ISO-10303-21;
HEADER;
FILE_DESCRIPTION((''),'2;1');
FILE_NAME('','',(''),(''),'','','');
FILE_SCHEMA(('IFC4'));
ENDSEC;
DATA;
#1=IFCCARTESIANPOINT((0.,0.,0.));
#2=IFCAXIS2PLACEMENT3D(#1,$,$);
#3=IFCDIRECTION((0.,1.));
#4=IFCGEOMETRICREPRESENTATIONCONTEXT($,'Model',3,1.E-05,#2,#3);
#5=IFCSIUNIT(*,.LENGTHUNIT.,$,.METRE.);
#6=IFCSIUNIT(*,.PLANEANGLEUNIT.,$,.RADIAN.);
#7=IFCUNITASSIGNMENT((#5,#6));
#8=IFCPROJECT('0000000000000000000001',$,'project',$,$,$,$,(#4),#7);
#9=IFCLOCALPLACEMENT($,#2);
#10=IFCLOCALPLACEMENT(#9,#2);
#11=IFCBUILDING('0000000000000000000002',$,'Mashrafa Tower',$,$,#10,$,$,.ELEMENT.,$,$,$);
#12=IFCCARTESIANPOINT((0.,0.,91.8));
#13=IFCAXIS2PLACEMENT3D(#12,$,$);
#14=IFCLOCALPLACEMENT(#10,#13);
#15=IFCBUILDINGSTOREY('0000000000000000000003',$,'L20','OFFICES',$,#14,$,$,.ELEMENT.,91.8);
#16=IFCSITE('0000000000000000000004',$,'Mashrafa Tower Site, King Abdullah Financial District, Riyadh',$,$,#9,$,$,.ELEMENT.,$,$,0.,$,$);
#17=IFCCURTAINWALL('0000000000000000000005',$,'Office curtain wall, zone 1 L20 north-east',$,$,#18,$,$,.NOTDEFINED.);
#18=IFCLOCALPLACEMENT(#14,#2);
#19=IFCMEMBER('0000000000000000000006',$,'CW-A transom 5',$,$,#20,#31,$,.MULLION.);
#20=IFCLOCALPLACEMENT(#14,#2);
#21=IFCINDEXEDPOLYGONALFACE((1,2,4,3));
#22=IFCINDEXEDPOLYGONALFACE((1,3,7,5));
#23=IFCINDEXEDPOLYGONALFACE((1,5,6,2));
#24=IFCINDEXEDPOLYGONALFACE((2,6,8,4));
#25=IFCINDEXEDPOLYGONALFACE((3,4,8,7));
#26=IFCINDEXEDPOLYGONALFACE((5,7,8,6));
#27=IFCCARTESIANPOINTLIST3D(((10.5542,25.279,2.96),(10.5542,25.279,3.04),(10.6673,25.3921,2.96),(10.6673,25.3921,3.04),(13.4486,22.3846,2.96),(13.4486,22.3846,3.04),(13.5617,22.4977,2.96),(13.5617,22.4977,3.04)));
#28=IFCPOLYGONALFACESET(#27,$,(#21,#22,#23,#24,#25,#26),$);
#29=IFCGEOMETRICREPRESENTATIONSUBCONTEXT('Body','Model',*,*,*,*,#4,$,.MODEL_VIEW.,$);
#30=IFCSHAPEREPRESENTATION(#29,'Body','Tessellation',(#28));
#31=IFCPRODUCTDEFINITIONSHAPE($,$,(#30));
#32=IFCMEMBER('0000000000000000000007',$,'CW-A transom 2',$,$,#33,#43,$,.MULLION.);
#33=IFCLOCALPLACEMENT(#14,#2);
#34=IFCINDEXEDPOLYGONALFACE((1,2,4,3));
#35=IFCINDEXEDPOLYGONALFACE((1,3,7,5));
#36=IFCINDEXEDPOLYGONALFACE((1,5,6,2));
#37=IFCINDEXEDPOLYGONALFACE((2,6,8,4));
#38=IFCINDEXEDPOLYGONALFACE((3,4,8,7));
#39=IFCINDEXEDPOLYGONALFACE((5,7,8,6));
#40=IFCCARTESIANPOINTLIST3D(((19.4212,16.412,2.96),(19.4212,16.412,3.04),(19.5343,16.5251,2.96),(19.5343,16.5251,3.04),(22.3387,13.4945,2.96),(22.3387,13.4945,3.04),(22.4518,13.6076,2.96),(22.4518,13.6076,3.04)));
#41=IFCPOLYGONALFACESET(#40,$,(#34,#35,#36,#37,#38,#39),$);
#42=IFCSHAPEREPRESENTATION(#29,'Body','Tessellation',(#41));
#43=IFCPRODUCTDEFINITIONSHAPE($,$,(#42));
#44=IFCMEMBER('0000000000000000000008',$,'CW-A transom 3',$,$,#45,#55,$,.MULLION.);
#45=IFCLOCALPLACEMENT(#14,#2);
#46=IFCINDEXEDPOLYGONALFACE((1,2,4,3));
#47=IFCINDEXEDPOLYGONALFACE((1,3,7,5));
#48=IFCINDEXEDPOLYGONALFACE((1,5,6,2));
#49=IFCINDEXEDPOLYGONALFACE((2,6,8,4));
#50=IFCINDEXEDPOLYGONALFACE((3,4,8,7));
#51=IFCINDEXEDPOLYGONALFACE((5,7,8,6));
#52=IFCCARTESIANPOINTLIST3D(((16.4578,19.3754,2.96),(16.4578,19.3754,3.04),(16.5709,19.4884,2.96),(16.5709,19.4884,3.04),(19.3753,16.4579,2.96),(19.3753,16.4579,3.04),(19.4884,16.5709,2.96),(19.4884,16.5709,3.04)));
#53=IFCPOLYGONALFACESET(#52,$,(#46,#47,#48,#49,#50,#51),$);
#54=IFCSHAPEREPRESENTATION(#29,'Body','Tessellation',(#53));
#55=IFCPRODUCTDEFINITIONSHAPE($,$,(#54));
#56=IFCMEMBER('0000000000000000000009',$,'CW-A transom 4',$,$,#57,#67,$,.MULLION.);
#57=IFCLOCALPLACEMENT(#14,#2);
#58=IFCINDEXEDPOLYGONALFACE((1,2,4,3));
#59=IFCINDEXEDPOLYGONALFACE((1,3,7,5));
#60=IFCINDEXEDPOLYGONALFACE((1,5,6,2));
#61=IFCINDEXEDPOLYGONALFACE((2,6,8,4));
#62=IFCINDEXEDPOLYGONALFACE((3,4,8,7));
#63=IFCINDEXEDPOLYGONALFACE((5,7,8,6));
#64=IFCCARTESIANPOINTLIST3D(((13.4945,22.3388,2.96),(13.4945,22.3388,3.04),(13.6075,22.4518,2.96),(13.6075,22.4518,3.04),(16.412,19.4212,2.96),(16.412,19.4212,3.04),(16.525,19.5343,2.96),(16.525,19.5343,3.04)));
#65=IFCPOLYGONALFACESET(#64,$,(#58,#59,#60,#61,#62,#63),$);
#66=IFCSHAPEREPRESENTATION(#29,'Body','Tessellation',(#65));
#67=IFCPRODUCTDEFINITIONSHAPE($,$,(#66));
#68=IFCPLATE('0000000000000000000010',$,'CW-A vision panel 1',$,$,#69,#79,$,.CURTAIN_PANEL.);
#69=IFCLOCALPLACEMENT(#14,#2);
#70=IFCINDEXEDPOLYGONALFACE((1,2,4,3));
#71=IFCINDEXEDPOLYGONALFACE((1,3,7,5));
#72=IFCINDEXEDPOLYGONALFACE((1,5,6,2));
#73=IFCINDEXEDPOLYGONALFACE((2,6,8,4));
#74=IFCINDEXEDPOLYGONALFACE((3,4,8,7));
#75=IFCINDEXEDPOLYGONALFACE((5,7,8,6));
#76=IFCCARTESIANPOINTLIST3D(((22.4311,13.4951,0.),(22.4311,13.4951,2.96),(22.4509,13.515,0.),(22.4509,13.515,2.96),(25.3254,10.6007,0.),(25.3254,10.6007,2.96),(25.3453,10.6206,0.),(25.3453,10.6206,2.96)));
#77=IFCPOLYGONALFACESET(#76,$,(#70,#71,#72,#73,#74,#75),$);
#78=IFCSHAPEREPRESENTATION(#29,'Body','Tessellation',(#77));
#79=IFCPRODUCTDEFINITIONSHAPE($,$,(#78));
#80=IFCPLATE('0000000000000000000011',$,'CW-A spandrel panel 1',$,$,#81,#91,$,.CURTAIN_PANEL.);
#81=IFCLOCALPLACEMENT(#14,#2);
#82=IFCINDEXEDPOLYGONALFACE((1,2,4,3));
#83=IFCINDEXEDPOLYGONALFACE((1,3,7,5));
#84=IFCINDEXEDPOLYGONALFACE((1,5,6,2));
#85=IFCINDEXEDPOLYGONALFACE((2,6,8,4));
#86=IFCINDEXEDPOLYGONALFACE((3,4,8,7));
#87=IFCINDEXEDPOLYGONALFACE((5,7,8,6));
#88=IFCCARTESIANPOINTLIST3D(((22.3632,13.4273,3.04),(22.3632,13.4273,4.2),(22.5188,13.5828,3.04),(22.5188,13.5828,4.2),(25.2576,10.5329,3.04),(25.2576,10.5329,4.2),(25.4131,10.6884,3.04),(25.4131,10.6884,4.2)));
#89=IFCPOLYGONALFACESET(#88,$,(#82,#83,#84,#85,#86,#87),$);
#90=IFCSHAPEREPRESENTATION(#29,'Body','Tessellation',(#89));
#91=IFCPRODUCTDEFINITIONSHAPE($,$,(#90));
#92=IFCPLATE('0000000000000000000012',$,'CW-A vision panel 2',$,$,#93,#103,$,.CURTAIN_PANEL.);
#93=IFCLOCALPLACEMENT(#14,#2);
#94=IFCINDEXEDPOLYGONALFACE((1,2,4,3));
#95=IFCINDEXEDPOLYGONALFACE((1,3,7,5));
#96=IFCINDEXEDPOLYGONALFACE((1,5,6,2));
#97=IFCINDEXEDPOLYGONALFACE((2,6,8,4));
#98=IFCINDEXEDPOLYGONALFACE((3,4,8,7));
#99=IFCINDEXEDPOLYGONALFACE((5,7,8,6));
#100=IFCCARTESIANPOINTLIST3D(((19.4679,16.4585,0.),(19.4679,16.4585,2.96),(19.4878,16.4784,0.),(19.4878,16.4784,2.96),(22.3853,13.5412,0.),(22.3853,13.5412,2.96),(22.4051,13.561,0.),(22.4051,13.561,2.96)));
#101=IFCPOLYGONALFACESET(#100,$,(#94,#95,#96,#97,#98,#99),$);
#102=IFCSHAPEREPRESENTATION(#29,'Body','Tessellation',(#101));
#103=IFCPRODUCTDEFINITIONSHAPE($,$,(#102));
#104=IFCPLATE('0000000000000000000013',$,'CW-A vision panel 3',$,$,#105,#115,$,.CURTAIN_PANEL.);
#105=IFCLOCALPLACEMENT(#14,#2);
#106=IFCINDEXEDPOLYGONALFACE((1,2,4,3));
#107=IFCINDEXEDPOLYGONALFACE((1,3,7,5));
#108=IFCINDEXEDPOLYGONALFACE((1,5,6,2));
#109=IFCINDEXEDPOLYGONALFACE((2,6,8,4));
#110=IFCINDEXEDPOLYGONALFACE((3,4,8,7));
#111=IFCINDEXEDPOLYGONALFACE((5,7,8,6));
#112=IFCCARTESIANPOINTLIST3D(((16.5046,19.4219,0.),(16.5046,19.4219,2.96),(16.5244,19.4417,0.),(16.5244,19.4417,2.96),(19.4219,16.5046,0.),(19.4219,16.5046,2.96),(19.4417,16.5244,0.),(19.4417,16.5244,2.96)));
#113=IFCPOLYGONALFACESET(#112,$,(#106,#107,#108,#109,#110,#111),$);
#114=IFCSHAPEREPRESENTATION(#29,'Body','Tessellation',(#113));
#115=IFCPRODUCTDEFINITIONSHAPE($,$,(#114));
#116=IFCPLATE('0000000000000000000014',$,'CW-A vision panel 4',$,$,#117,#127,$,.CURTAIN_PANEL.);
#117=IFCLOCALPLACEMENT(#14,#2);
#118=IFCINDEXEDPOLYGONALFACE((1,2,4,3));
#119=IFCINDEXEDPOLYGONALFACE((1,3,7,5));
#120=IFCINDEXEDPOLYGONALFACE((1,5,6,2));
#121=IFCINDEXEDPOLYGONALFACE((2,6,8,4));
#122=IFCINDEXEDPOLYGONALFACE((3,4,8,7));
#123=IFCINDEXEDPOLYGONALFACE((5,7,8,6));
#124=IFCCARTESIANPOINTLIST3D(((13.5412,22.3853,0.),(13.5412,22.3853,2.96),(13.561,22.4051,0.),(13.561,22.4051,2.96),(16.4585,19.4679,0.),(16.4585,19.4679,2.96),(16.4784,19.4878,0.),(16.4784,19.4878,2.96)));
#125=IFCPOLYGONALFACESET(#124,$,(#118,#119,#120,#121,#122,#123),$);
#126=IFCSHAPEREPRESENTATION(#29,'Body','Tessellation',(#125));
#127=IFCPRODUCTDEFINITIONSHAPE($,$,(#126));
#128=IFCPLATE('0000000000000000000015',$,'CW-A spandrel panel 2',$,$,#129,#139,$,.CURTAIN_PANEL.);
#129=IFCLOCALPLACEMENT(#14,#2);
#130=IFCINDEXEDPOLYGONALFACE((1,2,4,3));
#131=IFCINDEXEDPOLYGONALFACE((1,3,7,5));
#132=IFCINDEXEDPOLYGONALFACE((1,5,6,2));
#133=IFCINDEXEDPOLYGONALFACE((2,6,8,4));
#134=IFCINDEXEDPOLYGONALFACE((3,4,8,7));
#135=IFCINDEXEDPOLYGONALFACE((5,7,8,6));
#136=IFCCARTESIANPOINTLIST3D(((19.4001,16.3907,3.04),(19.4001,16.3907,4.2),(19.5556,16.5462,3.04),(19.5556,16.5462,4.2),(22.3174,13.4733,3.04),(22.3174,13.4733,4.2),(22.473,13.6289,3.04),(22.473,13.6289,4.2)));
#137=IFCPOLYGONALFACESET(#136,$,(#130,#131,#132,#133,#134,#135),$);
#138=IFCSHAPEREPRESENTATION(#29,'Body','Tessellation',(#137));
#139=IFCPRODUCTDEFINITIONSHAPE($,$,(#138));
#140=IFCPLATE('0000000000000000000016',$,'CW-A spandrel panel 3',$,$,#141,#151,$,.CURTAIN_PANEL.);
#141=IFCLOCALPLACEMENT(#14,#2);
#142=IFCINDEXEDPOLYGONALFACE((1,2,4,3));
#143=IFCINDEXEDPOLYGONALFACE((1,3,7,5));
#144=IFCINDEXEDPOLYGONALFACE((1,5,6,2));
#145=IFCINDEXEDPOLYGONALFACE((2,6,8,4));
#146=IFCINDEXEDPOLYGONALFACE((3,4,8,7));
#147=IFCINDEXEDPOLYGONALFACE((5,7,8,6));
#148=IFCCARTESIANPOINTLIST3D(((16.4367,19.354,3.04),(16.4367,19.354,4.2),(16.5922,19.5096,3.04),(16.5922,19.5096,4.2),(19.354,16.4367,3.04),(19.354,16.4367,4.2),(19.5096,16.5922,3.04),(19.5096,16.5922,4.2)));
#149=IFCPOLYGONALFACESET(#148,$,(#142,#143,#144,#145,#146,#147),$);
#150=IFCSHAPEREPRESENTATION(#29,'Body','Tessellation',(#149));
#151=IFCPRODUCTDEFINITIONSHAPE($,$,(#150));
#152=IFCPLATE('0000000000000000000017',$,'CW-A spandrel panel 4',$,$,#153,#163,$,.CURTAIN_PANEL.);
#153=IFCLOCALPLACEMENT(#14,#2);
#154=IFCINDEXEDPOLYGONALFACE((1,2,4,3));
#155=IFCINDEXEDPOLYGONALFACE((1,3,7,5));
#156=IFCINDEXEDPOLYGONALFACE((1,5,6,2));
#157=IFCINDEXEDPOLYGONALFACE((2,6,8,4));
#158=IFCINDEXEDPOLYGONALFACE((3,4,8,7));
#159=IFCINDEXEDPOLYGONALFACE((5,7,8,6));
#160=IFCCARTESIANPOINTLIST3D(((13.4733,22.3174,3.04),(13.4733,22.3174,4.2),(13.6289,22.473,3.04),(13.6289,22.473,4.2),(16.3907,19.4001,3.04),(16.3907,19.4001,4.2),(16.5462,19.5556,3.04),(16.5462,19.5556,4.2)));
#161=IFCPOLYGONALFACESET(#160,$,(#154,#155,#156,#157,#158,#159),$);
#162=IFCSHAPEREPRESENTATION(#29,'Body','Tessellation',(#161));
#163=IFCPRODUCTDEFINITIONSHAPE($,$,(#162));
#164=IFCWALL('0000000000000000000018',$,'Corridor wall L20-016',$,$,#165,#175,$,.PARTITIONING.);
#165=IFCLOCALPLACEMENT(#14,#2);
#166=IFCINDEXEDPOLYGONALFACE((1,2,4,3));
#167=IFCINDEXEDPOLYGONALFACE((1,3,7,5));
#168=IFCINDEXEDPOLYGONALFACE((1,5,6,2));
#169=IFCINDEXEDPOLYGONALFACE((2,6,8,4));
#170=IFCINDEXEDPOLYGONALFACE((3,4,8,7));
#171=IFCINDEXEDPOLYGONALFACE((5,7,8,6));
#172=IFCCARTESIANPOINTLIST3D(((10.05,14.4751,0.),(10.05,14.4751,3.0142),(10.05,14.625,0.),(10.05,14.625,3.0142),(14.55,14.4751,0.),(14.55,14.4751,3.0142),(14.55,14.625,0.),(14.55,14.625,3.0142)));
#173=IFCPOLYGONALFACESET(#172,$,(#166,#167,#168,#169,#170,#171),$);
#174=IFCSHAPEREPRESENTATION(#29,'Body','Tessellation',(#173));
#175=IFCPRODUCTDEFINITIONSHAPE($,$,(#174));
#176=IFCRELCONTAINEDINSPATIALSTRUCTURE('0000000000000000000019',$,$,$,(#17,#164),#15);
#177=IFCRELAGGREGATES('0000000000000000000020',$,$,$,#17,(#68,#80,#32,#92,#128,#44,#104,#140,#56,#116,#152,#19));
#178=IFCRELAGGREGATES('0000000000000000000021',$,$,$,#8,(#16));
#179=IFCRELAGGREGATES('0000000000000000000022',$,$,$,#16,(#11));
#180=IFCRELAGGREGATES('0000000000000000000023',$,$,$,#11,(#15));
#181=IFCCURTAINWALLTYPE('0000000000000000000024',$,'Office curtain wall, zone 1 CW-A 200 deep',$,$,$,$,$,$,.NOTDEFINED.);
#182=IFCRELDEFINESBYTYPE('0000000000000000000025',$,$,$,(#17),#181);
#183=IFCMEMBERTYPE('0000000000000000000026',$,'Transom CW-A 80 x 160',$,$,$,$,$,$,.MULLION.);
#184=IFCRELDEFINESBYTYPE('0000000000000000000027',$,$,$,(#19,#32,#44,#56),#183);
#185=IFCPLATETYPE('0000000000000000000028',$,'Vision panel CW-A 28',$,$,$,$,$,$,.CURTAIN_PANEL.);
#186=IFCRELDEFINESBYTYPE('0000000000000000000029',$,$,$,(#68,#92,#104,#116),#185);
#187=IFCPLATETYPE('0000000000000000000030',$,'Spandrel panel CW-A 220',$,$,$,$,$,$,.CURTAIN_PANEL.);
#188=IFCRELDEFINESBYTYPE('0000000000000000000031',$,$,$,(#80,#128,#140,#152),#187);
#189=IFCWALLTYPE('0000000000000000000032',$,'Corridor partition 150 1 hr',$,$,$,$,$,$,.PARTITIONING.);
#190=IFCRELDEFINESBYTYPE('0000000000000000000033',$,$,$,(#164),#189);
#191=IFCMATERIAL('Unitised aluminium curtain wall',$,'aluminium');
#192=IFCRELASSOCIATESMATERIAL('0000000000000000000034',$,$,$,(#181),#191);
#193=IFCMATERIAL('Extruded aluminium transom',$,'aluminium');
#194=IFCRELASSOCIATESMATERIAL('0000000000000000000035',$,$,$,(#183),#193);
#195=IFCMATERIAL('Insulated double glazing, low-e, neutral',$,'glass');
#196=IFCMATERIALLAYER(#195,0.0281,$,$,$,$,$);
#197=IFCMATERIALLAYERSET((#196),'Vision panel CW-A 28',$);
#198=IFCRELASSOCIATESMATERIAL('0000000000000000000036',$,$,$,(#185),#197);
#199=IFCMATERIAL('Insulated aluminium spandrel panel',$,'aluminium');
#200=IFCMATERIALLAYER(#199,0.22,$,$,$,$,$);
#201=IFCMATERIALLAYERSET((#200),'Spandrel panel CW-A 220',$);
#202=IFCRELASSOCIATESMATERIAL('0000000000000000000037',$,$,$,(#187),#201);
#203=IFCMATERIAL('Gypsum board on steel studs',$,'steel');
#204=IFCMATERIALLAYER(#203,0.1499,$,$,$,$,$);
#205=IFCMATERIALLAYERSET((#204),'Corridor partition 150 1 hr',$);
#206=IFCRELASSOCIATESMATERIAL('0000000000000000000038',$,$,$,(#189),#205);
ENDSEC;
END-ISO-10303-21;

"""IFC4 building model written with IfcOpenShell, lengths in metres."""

from ifc_helpers import new_model, si_unit, direction, frame, frame_2d, origin, origin_2d, place, context, subcontext, project, spatial, rectangle, extrude, source, transform, mapped, material, layer, layer_set, material_profile, profile_set, type_object, type_shapes, element, aggregate, save


model = new_model("IFC4")

# Units and contexts
model_context = context("Model", 3, precision=1e-05, world=origin(), true_north=direction((0.0, 1.0)))
body_context = subcontext(model_context, "Body", "Model", "MODEL_VIEW")
ifc_project = project(units=[si_unit("LENGTHUNIT", "METRE"), si_unit("PLANEANGLEUNIT", "RADIAN")], contexts=[model_context])

# Site, building, storey
site_placement = place(None, origin())
site = spatial("IfcSite", under=ifc_project, at=site_placement, Name="Mashrafa Tower Site, King Abdullah Financial District, Riyadh", CompositionType="ELEMENT", RefElevation=0.0)
building_placement = place(site_placement, origin())
building = spatial("IfcBuilding", under=site, at=building_placement, Name="Mashrafa Tower", CompositionType="ELEMENT")
storey_placement = place(building_placement, frame((0.0, 0.0, 91.8)))
storey = spatial("IfcBuildingStorey", under=building, at=storey_placement, Name="L20", Description="OFFICES", CompositionType="ELEMENT", Elevation=91.8)

# Shared definitions
ifc_material_1 = material(Name="Unitised aluminium curtain wall", Category="aluminium")
curtain_wall_type = type_object("IfcCurtainWallType", Name="Office curtain wall, zone 1 CW-A 200 deep", PredefinedType="NOTDEFINED", material=ifc_material_1)

# Curtain wall, members, plates
curtain_wall_1_placement = place(storey_placement, origin())
curtain_wall_1 = element("IfcCurtainWall", 1, at=curtain_wall_1_placement, inside=storey, type_object=curtain_wall_type, Name="Office curtain wall, zone 1 L20 north-east", PredefinedType="NOTDEFINED")
ifc_material_2 = material(Name="Extruded aluminium transom", Category="aluminium")
ifc_material_profile_1 = material_profile(ifc_material_2, rectangle(XDim=0.1599, YDim=0.0801, at=origin_2d()), Name="Transom 80x160")
ifc_profile_set_1 = profile_set([ifc_material_profile_1], Name="Extruded aluminium transom")
member_type_1 = type_object("IfcMemberType", Name="Transom CW-A 80 x 160", PredefinedType="MULLION", material=ifc_profile_set_1)
shared_shape_1 = source(origin(), body_context, "Body", "SweptSolid", [
    extrude(rectangle(XDim=0.1599, YDim=0.0801, at=origin_2d()), origin(), (0.0, 0.0, 1.0), 4.0933),
])
member_1_placement = place(storey_placement, frame((13.5051, 22.4412, 3.0), z_axis=(-0.707107, 0.707107, 0.0), x_axis=(-0.707107, -0.707107, 0.0)))
member_1 = element("IfcMember", 2, at=member_1_placement, type_object=member_type_1, Name="CW-A transom 5", PredefinedType="MULLION", context=body_context, shape_type="MappedRepresentation", body=[
    mapped(shared_shape_1, transform((0.0, 0.0, 0.0))),
])
shared_shape_2 = source(origin(), body_context, "Body", "SweptSolid", [
    extrude(rectangle(XDim=0.1599, YDim=0.0801, at=origin_2d()), origin(), (0.0, 0.0, 1.0), 4.126),
])
type_shapes(member_type_1, [shared_shape_1, shared_shape_2])
member_2_placement = place(storey_placement, frame((22.3953, 13.551, 3.0), z_axis=(-0.707107, 0.707107, 0.0), x_axis=(-0.707107, -0.707107, 0.0)))
member_2 = element("IfcMember", 3, at=member_2_placement, type_object=member_type_1, Name="CW-A transom 2", PredefinedType="MULLION", context=body_context, shape_type="MappedRepresentation", body=[
    mapped(shared_shape_2, transform((0.0, 0.0, 0.0))),
])
member_3_placement = place(storey_placement, frame((19.4319, 16.5144, 3.0), z_axis=(-0.707107, 0.707107, 0.0), x_axis=(-0.707107, -0.707107, 0.0)))
member_3 = element("IfcMember", 4, at=member_3_placement, type_object=member_type_1, Name="CW-A transom 3", PredefinedType="MULLION", context=body_context, shape_type="MappedRepresentation", body=[
    mapped(shared_shape_2, transform((0.0, 0.0, 0.0))),
])
member_4_placement = place(storey_placement, frame((16.4685, 19.4778, 3.0), z_axis=(-0.707107, 0.707107, 0.0), x_axis=(-0.707107, -0.707107, 0.0)))
member_4 = element("IfcMember", 5, at=member_4_placement, type_object=member_type_1, Name="CW-A transom 4", PredefinedType="MULLION", context=body_context, shape_type="MappedRepresentation", body=[
    mapped(shared_shape_2, transform((0.0, 0.0, 0.0))),
])
ifc_material_3 = material(Name="Insulated double glazing, low-e, neutral", Category="glass")
ifc_layer_1 = layer(ifc_material_3, 0.0281)
ifc_layer_set_1 = layer_set([ifc_layer_1], Name="Vision panel CW-A 28")
plate_type_1 = type_object("IfcPlateType", Name="Vision panel CW-A 28", PredefinedType="CURTAIN_PANEL", material=ifc_layer_set_1)
shared_shape_3 = source(origin(), body_context, "Body", "SweptSolid", [
    extrude(rectangle(XDim=4.0933, YDim=0.0281, at=origin_2d()), origin(), (0.0, 0.0, 1.0), 2.96),
])
plate_1_placement = place(storey_placement, frame((23.8882, 12.0579, 0.0), z_axis=(0.0, 0.0, 1.0), x_axis=(-0.707107, 0.707107, 0.0)))
plate_1 = element("IfcPlate", 6, at=plate_1_placement, type_object=plate_type_1, Name="CW-A vision panel 1", PredefinedType="CURTAIN_PANEL", context=body_context, shape_type="MappedRepresentation", body=[
    mapped(shared_shape_3, transform((0.0, 0.0, 0.0))),
])
ifc_material_4 = material(Name="Insulated aluminium spandrel panel", Category="aluminium")
ifc_layer_2 = layer(ifc_material_4, 0.22)
ifc_layer_set_2 = layer_set([ifc_layer_2], Name="Spandrel panel CW-A 220")
plate_type_2 = type_object("IfcPlateType", Name="Spandrel panel CW-A 220", PredefinedType="CURTAIN_PANEL", material=ifc_layer_set_2)
shared_shape_4 = source(origin(), body_context, "Body", "SweptSolid", [
    extrude(rectangle(XDim=4.0933, YDim=0.22, at=origin_2d()), origin(), (0.0, 0.0, 1.0), 1.1599),
])
plate_2_placement = place(storey_placement, frame((23.8882, 12.0579, 3.04), z_axis=(0.0, 0.0, 1.0), x_axis=(-0.707107, 0.707107, 0.0)))
plate_2 = element("IfcPlate", 7, at=plate_2_placement, type_object=plate_type_2, Name="CW-A spandrel panel 1", PredefinedType="CURTAIN_PANEL", context=body_context, shape_type="MappedRepresentation", body=[
    mapped(shared_shape_4, transform((0.0, 0.0, 0.0))),
])
shared_shape_5 = source(origin(), body_context, "Body", "SweptSolid", [
    extrude(rectangle(XDim=4.1257, YDim=0.0281, at=origin_2d()), origin(), (0.0, 0.0, 1.0), 2.96),
])
type_shapes(plate_type_1, [shared_shape_3, shared_shape_5])
plate_3_placement = place(storey_placement, frame((20.9365, 15.0098, 0.0), z_axis=(0.0, 0.0, 1.0), x_axis=(-0.707107, 0.707107, 0.0)))
plate_3 = element("IfcPlate", 8, at=plate_3_placement, type_object=plate_type_1, Name="CW-A vision panel 2", PredefinedType="CURTAIN_PANEL", context=body_context, shape_type="MappedRepresentation", body=[
    mapped(shared_shape_5, transform((0.0, 0.0, 0.0))),
])
plate_4_placement = place(storey_placement, frame((17.9731, 17.9731, 0.0), z_axis=(0.0, 0.0, 1.0), x_axis=(-0.707107, 0.707107, 0.0)))
plate_4 = element("IfcPlate", 9, at=plate_4_placement, type_object=plate_type_1, Name="CW-A vision panel 3", PredefinedType="CURTAIN_PANEL", context=body_context, shape_type="MappedRepresentation", body=[
    mapped(shared_shape_5, transform((0.0, 0.0, 0.0))),
])
plate_5_placement = place(storey_placement, frame((15.0098, 20.9365, 0.0), z_axis=(0.0, 0.0, 1.0), x_axis=(-0.707107, 0.707107, 0.0)))
plate_5 = element("IfcPlate", 10, at=plate_5_placement, type_object=plate_type_1, Name="CW-A vision panel 4", PredefinedType="CURTAIN_PANEL", context=body_context, shape_type="MappedRepresentation", body=[
    mapped(shared_shape_5, transform((0.0, 0.0, 0.0))),
])
shared_shape_6 = source(origin(), body_context, "Body", "SweptSolid", [
    extrude(rectangle(XDim=4.1257, YDim=0.22, at=origin_2d()), origin(), (0.0, 0.0, 1.0), 1.1599),
])
type_shapes(plate_type_2, [shared_shape_4, shared_shape_6])
plate_6_placement = place(storey_placement, frame((20.9365, 15.0098, 3.04), z_axis=(0.0, 0.0, 1.0), x_axis=(-0.707107, 0.707107, 0.0)))
plate_6 = element("IfcPlate", 11, at=plate_6_placement, type_object=plate_type_2, Name="CW-A spandrel panel 2", PredefinedType="CURTAIN_PANEL", context=body_context, shape_type="MappedRepresentation", body=[
    mapped(shared_shape_6, transform((0.0, 0.0, 0.0))),
])
plate_7_placement = place(storey_placement, frame((17.9731, 17.9731, 3.04), z_axis=(0.0, 0.0, 1.0), x_axis=(-0.707107, 0.707107, 0.0)))
plate_7 = element("IfcPlate", 12, at=plate_7_placement, type_object=plate_type_2, Name="CW-A spandrel panel 3", PredefinedType="CURTAIN_PANEL", context=body_context, shape_type="MappedRepresentation", body=[
    mapped(shared_shape_6, transform((0.0, 0.0, 0.0))),
])
plate_8_placement = place(storey_placement, frame((15.0098, 20.9365, 3.04), z_axis=(0.0, 0.0, 1.0), x_axis=(-0.707107, 0.707107, 0.0)))
plate_8 = element("IfcPlate", 13, at=plate_8_placement, type_object=plate_type_2, Name="CW-A spandrel panel 4", PredefinedType="CURTAIN_PANEL", context=body_context, shape_type="MappedRepresentation", body=[
    mapped(shared_shape_6, transform((0.0, 0.0, 0.0))),
])
aggregate(curtain_wall_1, [plate_1, plate_2, member_2, plate_3, plate_6, member_3, plate_4, plate_7, member_4, plate_5, plate_8, member_1])

# Wall
ifc_material_5 = material(Name="Gypsum board on steel studs", Category="steel")
ifc_layer_3 = layer(ifc_material_5, 0.1499)
ifc_layer_set_3 = layer_set([ifc_layer_3], Name="Corridor partition 150 1 hr")
wall_type_1 = type_object("IfcWallType", Name="Corridor partition 150 1 hr", PredefinedType="PARTITIONING", material=ifc_layer_set_3)
wall_1_placement = place(storey_placement, frame((14.55, 14.55, 0.0), z_axis=(0.0, 0.0, 1.0), x_axis=(-1.0, 0.0, 0.0)))
element("IfcWall", 14, at=wall_1_placement, inside=storey, type_object=wall_type_1, Name="Corridor wall L20-016", PredefinedType="PARTITIONING", context=body_context, shape_type="SweptSolid", body=[
    extrude(rectangle(XDim=4.5, YDim=0.1499, at=frame_2d((2.25, 0.0))), origin(), (0.0, 0.0, 1.0), 3.0142),
])

save(model, "model.ifc")
